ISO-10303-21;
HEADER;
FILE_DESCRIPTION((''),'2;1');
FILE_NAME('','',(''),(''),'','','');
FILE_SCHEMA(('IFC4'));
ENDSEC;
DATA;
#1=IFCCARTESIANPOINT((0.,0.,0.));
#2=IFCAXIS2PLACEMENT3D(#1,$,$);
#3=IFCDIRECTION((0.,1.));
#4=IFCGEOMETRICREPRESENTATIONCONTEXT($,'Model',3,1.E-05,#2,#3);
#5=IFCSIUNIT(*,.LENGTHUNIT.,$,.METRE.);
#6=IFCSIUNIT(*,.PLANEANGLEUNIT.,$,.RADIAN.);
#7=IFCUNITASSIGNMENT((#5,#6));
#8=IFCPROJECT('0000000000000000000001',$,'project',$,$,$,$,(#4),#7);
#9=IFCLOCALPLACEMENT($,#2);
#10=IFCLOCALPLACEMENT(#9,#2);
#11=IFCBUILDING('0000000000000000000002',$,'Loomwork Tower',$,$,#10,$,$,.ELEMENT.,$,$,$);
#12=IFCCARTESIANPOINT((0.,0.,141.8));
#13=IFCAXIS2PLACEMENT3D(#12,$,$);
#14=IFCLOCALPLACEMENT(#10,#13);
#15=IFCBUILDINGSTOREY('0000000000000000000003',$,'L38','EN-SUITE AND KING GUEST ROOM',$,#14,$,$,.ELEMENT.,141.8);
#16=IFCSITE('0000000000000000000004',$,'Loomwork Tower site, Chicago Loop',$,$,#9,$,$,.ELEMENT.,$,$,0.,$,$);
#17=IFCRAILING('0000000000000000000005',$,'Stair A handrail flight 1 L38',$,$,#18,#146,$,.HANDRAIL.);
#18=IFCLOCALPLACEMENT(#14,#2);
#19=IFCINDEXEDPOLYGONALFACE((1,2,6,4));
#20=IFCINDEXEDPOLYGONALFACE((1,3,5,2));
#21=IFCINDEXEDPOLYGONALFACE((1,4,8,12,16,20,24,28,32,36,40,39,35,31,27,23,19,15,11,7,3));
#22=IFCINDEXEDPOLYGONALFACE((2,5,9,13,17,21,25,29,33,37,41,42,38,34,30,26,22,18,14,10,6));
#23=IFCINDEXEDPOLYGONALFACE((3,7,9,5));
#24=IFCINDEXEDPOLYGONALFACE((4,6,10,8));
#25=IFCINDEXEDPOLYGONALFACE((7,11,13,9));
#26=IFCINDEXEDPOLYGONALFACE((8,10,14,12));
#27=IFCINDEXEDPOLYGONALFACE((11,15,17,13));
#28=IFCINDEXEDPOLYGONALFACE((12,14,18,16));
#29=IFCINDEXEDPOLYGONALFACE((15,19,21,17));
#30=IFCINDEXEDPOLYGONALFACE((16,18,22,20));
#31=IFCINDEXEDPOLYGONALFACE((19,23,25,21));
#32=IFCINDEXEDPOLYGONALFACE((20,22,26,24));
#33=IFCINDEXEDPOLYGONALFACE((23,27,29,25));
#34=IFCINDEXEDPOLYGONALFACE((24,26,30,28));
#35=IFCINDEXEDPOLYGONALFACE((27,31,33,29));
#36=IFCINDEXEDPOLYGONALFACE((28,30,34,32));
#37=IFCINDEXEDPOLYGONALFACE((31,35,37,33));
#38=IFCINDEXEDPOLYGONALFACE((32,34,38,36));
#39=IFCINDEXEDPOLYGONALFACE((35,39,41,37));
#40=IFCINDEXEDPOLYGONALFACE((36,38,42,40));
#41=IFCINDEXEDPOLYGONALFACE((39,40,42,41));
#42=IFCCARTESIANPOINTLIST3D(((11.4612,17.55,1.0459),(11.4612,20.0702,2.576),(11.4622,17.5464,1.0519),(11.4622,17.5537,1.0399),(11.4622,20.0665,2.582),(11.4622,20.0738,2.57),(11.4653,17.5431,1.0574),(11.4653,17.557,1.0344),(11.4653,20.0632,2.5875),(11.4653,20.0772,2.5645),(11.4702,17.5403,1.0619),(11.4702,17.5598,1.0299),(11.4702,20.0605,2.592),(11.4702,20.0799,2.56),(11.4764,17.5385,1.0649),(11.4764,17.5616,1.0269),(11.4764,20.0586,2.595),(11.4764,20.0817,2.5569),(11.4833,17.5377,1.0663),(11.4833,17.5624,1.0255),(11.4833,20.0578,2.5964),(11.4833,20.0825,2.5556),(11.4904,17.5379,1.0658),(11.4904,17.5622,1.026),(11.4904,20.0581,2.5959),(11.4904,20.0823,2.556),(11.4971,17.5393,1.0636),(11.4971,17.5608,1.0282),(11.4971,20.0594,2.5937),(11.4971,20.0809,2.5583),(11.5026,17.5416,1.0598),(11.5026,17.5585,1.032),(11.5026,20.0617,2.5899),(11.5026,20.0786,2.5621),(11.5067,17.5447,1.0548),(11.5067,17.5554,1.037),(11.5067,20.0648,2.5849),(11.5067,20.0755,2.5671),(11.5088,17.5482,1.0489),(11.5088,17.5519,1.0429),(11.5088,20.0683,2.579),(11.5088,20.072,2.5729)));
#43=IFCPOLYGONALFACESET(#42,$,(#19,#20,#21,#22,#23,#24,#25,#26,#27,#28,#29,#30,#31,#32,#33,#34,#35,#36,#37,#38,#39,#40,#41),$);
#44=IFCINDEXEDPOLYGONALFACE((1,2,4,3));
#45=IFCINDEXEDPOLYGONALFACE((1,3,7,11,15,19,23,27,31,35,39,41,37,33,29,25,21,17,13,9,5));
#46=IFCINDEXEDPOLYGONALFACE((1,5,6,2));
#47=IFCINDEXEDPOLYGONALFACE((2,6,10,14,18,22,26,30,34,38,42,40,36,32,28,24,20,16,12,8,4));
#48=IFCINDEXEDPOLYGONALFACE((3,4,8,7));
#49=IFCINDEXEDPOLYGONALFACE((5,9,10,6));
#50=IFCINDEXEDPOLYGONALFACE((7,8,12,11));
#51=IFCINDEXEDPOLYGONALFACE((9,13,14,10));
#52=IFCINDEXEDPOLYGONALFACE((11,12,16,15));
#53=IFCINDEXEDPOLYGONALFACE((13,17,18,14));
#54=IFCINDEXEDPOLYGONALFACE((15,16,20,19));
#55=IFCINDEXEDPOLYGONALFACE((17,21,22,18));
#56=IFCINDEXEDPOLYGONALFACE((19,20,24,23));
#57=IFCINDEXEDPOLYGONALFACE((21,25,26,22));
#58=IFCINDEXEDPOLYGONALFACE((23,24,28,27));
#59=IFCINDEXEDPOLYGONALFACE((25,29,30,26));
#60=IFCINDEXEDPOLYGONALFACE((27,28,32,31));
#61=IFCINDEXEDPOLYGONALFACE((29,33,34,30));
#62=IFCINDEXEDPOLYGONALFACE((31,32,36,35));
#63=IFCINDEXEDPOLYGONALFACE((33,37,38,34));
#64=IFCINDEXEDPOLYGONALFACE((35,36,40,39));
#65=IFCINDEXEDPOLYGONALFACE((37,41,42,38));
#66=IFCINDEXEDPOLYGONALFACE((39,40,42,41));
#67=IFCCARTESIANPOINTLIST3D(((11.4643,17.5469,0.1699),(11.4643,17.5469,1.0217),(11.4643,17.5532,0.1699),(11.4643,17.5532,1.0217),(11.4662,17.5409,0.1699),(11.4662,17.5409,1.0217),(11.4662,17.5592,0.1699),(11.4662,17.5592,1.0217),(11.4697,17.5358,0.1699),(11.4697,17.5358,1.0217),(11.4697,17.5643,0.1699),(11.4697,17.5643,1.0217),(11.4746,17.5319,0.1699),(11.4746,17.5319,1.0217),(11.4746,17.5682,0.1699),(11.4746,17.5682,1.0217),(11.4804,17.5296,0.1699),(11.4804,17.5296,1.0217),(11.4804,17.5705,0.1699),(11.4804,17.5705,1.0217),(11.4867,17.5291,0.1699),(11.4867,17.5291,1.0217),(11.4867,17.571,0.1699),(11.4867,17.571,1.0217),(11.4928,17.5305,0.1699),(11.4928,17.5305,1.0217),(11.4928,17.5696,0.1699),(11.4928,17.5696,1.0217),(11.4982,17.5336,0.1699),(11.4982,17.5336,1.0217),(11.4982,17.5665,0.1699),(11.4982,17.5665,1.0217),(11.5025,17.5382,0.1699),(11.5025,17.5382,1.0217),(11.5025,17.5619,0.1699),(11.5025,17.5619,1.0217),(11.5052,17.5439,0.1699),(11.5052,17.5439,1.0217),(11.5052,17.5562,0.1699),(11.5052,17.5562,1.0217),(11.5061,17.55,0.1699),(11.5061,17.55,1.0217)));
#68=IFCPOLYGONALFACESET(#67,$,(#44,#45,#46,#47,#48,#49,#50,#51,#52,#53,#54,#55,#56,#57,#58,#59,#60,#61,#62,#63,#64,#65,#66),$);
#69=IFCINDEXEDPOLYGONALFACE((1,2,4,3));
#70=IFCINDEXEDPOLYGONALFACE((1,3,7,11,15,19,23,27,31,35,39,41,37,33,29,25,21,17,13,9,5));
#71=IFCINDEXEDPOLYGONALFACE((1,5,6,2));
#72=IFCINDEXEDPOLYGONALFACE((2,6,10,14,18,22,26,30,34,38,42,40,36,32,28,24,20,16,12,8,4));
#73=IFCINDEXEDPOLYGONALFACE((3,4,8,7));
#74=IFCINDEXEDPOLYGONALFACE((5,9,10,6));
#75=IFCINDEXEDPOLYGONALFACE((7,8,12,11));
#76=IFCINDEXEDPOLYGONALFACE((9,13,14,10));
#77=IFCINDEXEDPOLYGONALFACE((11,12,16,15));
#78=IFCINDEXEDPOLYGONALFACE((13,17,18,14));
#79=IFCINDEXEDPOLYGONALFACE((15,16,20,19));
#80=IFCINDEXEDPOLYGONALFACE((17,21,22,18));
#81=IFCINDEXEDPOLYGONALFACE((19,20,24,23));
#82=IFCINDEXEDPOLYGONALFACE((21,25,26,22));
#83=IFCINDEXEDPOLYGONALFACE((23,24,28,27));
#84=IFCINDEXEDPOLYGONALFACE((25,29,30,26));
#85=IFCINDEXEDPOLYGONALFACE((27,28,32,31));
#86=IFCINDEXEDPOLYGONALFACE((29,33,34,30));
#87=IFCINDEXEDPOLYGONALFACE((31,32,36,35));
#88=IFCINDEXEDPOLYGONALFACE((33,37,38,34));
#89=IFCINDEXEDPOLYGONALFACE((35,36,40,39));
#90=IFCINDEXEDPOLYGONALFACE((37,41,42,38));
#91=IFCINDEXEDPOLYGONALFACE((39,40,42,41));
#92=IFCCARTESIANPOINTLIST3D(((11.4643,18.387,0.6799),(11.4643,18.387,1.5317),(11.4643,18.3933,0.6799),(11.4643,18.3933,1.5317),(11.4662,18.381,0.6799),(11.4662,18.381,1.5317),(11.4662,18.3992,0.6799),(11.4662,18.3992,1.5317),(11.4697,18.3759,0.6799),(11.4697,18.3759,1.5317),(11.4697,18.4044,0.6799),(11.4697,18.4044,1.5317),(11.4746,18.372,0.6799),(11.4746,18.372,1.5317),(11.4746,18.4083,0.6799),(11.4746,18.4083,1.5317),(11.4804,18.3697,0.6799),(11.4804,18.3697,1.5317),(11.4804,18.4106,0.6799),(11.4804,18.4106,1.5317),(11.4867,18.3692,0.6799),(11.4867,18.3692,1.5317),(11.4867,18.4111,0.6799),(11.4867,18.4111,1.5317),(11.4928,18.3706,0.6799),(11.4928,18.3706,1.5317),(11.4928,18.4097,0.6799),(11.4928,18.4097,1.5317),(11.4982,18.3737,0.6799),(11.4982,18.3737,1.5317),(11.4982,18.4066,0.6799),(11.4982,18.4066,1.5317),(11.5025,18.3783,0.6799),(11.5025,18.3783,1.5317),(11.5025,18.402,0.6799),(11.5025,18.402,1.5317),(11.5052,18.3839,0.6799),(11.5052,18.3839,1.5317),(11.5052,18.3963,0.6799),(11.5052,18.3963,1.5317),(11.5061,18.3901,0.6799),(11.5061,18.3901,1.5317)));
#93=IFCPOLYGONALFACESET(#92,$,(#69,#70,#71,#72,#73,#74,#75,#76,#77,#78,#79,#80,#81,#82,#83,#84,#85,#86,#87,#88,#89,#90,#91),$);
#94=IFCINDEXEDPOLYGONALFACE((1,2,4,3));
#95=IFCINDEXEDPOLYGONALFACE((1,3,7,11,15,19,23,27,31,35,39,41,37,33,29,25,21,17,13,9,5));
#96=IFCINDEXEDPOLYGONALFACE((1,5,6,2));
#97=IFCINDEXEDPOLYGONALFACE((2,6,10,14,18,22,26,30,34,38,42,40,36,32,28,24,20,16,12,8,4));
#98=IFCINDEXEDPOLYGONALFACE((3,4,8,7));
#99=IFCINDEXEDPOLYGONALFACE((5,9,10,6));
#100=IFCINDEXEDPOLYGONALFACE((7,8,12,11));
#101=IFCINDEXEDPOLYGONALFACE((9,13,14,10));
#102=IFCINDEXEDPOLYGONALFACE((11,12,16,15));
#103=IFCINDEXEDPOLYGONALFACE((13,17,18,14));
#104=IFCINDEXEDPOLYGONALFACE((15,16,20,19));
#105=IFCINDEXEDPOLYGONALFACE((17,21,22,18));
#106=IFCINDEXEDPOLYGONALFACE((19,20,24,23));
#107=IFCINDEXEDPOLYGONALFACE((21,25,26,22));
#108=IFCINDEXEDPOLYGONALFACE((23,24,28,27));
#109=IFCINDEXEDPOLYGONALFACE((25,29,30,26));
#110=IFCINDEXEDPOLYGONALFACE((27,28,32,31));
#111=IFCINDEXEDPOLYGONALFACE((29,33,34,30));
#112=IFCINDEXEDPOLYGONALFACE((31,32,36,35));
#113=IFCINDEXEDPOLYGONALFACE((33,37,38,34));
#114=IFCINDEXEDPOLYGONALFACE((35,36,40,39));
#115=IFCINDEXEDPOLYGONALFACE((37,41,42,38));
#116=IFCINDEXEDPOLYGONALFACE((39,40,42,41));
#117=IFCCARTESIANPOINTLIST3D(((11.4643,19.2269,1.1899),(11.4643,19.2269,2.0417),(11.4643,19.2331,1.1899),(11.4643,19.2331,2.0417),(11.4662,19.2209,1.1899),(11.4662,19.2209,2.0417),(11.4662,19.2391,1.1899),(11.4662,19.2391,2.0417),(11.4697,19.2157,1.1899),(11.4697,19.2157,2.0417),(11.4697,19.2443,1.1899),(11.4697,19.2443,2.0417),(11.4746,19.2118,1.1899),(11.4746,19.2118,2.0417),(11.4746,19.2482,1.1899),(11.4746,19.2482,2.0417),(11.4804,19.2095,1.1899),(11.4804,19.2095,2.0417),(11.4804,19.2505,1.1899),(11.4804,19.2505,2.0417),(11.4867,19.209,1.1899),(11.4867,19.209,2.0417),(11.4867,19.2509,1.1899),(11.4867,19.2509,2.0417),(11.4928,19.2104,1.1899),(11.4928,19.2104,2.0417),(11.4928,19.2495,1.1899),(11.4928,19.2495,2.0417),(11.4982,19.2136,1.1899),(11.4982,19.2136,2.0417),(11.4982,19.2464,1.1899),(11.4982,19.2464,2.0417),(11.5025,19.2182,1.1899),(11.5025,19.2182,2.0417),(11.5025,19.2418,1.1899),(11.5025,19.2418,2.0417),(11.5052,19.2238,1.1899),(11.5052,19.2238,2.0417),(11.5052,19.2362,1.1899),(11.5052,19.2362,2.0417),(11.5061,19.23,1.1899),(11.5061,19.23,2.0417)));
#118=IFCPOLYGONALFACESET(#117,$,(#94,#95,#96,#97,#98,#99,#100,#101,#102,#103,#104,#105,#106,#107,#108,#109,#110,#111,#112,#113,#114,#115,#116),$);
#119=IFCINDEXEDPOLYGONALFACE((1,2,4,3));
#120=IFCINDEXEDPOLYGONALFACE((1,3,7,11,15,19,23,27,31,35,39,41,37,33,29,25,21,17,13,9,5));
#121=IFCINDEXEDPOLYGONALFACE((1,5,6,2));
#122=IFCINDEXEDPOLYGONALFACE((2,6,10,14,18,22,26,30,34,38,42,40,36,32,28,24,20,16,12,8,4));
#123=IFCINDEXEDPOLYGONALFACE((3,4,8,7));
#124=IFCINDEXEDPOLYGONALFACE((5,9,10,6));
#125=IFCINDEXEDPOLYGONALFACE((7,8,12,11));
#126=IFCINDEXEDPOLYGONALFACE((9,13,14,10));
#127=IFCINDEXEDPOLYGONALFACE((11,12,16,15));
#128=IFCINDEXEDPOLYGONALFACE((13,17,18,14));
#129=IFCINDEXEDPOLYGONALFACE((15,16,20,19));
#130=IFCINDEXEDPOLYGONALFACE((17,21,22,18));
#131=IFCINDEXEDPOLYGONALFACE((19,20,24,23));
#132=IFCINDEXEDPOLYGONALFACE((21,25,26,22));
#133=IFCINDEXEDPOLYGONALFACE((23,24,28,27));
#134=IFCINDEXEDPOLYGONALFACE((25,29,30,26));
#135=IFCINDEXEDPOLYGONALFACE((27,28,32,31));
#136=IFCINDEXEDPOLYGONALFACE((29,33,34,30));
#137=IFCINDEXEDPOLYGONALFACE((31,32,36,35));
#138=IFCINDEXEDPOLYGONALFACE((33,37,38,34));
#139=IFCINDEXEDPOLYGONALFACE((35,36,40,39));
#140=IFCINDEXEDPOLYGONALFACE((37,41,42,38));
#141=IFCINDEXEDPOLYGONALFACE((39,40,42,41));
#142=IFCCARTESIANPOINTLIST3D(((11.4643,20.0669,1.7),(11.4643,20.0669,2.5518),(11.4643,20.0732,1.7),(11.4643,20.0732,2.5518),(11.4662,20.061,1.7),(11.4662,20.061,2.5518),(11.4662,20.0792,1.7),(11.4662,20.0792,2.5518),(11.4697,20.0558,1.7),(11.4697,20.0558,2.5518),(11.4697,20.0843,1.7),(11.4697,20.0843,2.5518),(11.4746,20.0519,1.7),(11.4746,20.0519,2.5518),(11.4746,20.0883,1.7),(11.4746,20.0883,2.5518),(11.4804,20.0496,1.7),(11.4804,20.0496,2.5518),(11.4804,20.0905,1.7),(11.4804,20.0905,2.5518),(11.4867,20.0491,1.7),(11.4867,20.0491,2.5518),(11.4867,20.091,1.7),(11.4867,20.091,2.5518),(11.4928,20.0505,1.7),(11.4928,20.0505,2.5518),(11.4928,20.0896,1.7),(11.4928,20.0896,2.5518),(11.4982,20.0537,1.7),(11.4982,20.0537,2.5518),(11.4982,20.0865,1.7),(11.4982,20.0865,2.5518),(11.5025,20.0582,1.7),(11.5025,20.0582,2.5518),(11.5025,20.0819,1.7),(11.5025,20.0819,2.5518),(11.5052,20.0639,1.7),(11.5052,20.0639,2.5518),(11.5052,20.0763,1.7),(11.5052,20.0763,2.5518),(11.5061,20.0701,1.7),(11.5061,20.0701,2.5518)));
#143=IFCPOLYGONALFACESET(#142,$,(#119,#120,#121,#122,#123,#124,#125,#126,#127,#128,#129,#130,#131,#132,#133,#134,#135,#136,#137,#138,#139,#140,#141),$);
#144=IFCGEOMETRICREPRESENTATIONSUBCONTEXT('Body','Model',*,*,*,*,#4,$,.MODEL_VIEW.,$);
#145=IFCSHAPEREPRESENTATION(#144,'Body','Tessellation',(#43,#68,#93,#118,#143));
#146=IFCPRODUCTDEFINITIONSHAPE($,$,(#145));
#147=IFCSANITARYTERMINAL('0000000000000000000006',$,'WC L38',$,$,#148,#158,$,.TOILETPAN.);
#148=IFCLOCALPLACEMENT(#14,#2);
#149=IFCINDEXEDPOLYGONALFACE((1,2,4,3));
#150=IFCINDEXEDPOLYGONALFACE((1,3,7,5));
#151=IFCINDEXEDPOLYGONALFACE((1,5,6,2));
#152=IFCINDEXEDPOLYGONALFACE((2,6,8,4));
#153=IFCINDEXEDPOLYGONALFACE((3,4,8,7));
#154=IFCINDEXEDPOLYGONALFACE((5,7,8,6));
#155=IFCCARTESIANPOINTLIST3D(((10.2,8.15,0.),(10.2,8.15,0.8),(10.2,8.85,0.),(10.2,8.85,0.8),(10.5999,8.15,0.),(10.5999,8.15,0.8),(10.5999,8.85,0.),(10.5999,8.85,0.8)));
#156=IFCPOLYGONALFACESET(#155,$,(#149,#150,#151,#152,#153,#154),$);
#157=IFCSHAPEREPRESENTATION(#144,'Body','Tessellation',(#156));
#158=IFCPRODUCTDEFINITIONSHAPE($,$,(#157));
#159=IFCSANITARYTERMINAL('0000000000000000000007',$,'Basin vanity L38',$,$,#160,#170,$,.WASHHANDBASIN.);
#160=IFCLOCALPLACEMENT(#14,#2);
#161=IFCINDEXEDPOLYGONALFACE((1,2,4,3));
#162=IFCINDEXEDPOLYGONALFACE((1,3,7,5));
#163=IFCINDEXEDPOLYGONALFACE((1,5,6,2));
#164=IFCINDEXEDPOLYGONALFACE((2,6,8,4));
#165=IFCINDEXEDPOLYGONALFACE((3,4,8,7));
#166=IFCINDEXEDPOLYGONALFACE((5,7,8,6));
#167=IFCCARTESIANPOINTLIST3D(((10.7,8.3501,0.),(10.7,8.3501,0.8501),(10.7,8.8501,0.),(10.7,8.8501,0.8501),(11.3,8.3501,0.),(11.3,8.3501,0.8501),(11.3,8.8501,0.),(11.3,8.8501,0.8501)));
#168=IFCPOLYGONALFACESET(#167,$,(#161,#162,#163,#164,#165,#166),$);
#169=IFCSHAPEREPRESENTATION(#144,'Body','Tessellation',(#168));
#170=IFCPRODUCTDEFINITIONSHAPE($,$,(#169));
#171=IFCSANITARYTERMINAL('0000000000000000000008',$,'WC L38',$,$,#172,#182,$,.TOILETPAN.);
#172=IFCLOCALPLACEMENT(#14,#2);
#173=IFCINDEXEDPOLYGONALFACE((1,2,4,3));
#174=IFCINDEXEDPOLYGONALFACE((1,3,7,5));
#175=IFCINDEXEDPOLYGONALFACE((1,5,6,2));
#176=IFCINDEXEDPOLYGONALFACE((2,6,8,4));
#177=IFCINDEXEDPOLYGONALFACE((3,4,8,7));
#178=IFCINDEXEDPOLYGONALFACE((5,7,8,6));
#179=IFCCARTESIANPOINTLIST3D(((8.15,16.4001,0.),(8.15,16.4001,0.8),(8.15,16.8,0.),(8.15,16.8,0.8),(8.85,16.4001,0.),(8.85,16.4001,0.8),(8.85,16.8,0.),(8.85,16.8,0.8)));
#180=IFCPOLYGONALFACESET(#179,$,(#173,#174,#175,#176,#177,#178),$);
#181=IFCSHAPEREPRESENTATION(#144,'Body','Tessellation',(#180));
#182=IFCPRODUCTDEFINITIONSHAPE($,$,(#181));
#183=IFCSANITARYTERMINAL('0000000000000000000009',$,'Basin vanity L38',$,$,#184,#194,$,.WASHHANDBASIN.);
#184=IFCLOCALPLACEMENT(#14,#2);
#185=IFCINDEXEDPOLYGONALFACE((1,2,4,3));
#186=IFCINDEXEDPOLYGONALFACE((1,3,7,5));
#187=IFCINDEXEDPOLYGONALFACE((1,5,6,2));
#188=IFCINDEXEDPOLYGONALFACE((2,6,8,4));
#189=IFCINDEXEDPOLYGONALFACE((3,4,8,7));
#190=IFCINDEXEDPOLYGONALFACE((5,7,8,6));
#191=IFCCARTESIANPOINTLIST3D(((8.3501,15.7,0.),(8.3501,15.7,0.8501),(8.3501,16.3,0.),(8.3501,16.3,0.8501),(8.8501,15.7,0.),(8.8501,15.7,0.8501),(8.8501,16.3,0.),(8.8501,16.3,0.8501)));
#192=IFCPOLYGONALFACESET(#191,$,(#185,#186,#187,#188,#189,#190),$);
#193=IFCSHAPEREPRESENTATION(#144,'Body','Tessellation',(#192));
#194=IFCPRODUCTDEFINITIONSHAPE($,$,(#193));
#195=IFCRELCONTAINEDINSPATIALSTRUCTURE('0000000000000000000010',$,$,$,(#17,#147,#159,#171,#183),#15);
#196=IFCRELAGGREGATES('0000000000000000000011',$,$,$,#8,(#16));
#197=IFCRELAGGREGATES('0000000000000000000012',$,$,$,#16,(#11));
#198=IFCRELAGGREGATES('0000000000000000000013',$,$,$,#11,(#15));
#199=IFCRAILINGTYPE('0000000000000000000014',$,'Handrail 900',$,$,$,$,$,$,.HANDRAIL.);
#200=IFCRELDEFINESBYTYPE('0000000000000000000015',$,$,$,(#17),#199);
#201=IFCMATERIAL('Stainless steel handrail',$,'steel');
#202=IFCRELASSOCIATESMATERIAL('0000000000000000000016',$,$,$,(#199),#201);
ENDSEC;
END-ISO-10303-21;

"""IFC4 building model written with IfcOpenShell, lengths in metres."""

from ifc_helpers import new_model, si_unit, direction, frame, origin, origin_2d, place, context, subcontext, project, spatial, rectangle, circle, extrude, material, type_object, element, save


model = new_model("IFC4")

# Units and contexts
model_context = context("Model", 3, precision=1e-05, world=origin(), true_north=direction((0.0, 1.0)))
body_context = subcontext(model_context, "Body", "Model", "MODEL_VIEW")
ifc_project = project(units=[si_unit("LENGTHUNIT", "METRE"), si_unit("PLANEANGLEUNIT", "RADIAN")], contexts=[model_context])

# Site, building, storey
site_placement = place(None, origin())
site = spatial("IfcSite", under=ifc_project, at=site_placement, Name="Loomwork Tower site, Chicago Loop", CompositionType="ELEMENT", RefElevation=0.0)
building_placement = place(site_placement, origin())
building = spatial("IfcBuilding", under=site, at=building_placement, Name="Loomwork Tower", CompositionType="ELEMENT")
storey_placement = place(building_placement, frame((0.0, 0.0, 141.8)))
storey = spatial("IfcBuildingStorey", under=building, at=storey_placement, Name="L38", Description="EN-SUITE AND KING GUEST ROOM", CompositionType="ELEMENT", Elevation=141.8)

# Railing
ifc_material_1 = material(Name="Stainless steel handrail", Category="steel")
railing_type = type_object("IfcRailingType", Name="Handrail 900", PredefinedType="HANDRAIL", material=ifc_material_1)
railing_placement = place(storey_placement, frame((11.4851, 17.55, 0.1699)))
element("IfcRailing", 1, at=railing_placement, inside=storey, type_object=railing_type, Name="Stair A handrail flight 1 L38", PredefinedType="HANDRAIL", context=body_context, shape_type="SweptSolid", body=[
    extrude(circle(Radius=0.0239, at=origin_2d()), frame((0.0, 0.0, 0.876), z_axis=(0.0, 0.854785, 0.518982), x_axis=(-1.0, 0.0, 0.0)), (0.0, 0.0, 1.0), 2.9482),
    extrude(circle(Radius=0.021, at=origin_2d()), origin(), (0.0, 0.0, 1.0), 0.8518),
    extrude(circle(Radius=0.021, at=origin_2d()), frame((0.0, 0.8401, 0.51)), (0.0, 0.0, 1.0), 0.8518),
    extrude(circle(Radius=0.021, at=origin_2d()), frame((0.0, 1.6799, 1.02)), (0.0, 0.0, 1.0), 0.8518),
    extrude(circle(Radius=0.021, at=origin_2d()), frame((0.0, 2.52, 1.53)), (0.0, 0.0, 1.0), 0.8518),
])

# Sanitary terminals
sanitary_terminal_1_placement = place(storey_placement, frame((10.3999, 8.5, 0.0), z_axis=(0.0, 0.0, 1.0), x_axis=(1.0, 0.0, 0.0)))
element("IfcSanitaryTerminal", 2, at=sanitary_terminal_1_placement, inside=storey, Name="WC L38", PredefinedType="TOILETPAN", context=body_context, shape_type="SweptSolid", body=[
    extrude(rectangle(XDim=0.3999, YDim=0.7, at=origin_2d()), origin(), (0.0, 0.0, 1.0), 0.8),
])
sanitary_terminal_2_placement = place(storey_placement, frame((11.0, 8.6001, 0.0), z_axis=(0.0, 0.0, 1.0), x_axis=(1.0, 0.0, 0.0)))
element("IfcSanitaryTerminal", 3, at=sanitary_terminal_2_placement, inside=storey, Name="Basin vanity L38", PredefinedType="WASHHANDBASIN", context=body_context, shape_type="SweptSolid", body=[
    extrude(rectangle(XDim=0.6001, YDim=0.5, at=origin_2d()), origin(), (0.0, 0.0, 1.0), 0.8501),
])
sanitary_terminal_3_placement = place(storey_placement, frame((8.5, 16.6001, 0.0), z_axis=(0.0, 0.0, 1.0), x_axis=(1.0, 0.0, 0.0)))
element("IfcSanitaryTerminal", 4, at=sanitary_terminal_3_placement, inside=storey, Name="WC L38", PredefinedType="TOILETPAN", context=body_context, shape_type="SweptSolid", body=[
    extrude(rectangle(XDim=0.7, YDim=0.3999, at=origin_2d()), origin(), (0.0, 0.0, 1.0), 0.8),
])
sanitary_terminal_4_placement = place(storey_placement, frame((8.6001, 16.0, 0.0), z_axis=(0.0, 0.0, 1.0), x_axis=(1.0, 0.0, 0.0)))
element("IfcSanitaryTerminal", 5, at=sanitary_terminal_4_placement, inside=storey, Name="Basin vanity L38", PredefinedType="WASHHANDBASIN", context=body_context, shape_type="SweptSolid", body=[
    extrude(rectangle(XDim=0.5, YDim=0.6001, at=origin_2d()), origin(), (0.0, 0.0, 1.0), 0.8501),
])

save(model, "model.ifc")
